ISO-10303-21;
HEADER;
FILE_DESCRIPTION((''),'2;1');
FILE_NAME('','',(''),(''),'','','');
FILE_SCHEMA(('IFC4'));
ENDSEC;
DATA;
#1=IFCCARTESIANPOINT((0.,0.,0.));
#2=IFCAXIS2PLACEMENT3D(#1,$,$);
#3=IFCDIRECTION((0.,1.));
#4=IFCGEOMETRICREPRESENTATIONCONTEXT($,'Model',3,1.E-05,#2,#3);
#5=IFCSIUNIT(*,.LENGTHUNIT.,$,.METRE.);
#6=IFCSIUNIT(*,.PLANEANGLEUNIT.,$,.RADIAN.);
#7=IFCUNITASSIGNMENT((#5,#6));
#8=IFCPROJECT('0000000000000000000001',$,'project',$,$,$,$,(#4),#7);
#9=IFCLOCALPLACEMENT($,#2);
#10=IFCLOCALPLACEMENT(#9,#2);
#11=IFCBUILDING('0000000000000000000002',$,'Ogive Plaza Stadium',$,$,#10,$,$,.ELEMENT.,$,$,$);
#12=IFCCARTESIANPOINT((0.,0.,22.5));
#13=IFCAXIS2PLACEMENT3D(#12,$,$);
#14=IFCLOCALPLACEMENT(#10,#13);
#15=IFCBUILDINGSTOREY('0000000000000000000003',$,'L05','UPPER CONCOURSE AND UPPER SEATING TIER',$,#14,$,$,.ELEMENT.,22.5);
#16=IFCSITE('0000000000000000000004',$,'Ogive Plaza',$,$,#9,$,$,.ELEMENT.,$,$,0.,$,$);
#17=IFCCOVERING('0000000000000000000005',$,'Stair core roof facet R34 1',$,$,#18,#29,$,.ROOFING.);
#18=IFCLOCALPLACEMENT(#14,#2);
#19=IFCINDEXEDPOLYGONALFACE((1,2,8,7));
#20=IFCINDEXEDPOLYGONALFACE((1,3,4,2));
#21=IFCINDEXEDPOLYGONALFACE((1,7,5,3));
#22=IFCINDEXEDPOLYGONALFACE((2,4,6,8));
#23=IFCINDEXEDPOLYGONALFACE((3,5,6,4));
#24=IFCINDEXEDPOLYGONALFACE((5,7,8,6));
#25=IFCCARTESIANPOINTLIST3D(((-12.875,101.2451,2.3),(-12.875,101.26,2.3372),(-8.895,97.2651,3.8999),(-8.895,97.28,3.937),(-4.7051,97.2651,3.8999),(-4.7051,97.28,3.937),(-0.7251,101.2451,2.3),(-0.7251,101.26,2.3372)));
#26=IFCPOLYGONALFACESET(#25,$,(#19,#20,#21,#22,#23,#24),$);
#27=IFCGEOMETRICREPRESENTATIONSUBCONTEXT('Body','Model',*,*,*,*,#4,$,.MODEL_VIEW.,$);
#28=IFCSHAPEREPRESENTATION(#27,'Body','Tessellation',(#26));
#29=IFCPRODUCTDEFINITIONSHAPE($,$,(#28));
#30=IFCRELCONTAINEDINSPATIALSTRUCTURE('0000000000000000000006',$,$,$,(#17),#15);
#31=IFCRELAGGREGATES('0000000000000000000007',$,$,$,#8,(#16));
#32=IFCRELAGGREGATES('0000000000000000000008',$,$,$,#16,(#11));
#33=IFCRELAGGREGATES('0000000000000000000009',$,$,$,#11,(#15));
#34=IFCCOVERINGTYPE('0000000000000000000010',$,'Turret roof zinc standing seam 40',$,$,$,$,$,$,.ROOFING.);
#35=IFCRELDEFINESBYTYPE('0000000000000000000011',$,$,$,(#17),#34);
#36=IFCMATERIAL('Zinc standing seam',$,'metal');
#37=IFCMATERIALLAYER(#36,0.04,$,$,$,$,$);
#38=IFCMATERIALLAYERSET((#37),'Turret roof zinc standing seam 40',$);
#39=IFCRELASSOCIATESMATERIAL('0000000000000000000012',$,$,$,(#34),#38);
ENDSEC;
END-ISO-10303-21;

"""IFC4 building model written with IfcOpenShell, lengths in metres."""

from ifc_helpers import new_model, si_unit, direction, frame, origin, place, context, subcontext, project, spatial, polyline, outline, extrude, material, layer, layer_set, type_object, element, save


model = new_model("IFC4")

# Units and contexts
model_context = context("Model", 3, precision=1e-05, world=origin(), true_north=direction((0.0, 1.0)))
body_context = subcontext(model_context, "Body", "Model", "MODEL_VIEW")
ifc_project = project(units=[si_unit("LENGTHUNIT", "METRE"), si_unit("PLANEANGLEUNIT", "RADIAN")], contexts=[model_context])

# Site, building, storey
site_placement = place(None, origin())
site = spatial("IfcSite", under=ifc_project, at=site_placement, Name="Ogive Plaza", CompositionType="ELEMENT", RefElevation=0.0)
building_placement = place(site_placement, origin())
building = spatial("IfcBuilding", under=site, at=building_placement, Name="Ogive Plaza Stadium", CompositionType="ELEMENT")
storey_placement = place(building_placement, frame((0.0, 0.0, 22.5)))
storey = spatial("IfcBuildingStorey", under=building, at=storey_placement, Name="L05", Description="UPPER CONCOURSE AND UPPER SEATING TIER", CompositionType="ELEMENT", Elevation=22.5)

# Covering
ifc_material_1 = material(Name="Zinc standing seam", Category="metal")
ifc_layer_1 = layer(ifc_material_1, 0.04)
ifc_layer_set_1 = layer_set([ifc_layer_1], Name="Turret roof zinc standing seam 40")
covering_type_1 = type_object("IfcCoveringType", Name="Turret roof zinc standing seam 40", PredefinedType="ROOFING", material=ifc_layer_set_1)
covering_1_placement = place(storey_placement, frame((-0.7251, 101.26, 2.3372), z_axis=(0.0, 0.37297, 0.927843), x_axis=(-1.0, 0.0, 0.0)))
element("IfcCovering", 1, at=covering_1_placement, inside=storey, type_object=covering_type_1, Name="Stair core roof facet R34 1", PredefinedType="ROOFING", context=body_context, shape_type="SweptSolid", body=[
    extrude(outline(polyline([(0.0, 0.0), (12.1499, 0.0), (8.1699, 4.2895), (3.98, 4.2895), (0.0, 0.0)])), origin(), (0.0, 0.0, -1.0), 0.04),
])

save(model, "model.ifc")
